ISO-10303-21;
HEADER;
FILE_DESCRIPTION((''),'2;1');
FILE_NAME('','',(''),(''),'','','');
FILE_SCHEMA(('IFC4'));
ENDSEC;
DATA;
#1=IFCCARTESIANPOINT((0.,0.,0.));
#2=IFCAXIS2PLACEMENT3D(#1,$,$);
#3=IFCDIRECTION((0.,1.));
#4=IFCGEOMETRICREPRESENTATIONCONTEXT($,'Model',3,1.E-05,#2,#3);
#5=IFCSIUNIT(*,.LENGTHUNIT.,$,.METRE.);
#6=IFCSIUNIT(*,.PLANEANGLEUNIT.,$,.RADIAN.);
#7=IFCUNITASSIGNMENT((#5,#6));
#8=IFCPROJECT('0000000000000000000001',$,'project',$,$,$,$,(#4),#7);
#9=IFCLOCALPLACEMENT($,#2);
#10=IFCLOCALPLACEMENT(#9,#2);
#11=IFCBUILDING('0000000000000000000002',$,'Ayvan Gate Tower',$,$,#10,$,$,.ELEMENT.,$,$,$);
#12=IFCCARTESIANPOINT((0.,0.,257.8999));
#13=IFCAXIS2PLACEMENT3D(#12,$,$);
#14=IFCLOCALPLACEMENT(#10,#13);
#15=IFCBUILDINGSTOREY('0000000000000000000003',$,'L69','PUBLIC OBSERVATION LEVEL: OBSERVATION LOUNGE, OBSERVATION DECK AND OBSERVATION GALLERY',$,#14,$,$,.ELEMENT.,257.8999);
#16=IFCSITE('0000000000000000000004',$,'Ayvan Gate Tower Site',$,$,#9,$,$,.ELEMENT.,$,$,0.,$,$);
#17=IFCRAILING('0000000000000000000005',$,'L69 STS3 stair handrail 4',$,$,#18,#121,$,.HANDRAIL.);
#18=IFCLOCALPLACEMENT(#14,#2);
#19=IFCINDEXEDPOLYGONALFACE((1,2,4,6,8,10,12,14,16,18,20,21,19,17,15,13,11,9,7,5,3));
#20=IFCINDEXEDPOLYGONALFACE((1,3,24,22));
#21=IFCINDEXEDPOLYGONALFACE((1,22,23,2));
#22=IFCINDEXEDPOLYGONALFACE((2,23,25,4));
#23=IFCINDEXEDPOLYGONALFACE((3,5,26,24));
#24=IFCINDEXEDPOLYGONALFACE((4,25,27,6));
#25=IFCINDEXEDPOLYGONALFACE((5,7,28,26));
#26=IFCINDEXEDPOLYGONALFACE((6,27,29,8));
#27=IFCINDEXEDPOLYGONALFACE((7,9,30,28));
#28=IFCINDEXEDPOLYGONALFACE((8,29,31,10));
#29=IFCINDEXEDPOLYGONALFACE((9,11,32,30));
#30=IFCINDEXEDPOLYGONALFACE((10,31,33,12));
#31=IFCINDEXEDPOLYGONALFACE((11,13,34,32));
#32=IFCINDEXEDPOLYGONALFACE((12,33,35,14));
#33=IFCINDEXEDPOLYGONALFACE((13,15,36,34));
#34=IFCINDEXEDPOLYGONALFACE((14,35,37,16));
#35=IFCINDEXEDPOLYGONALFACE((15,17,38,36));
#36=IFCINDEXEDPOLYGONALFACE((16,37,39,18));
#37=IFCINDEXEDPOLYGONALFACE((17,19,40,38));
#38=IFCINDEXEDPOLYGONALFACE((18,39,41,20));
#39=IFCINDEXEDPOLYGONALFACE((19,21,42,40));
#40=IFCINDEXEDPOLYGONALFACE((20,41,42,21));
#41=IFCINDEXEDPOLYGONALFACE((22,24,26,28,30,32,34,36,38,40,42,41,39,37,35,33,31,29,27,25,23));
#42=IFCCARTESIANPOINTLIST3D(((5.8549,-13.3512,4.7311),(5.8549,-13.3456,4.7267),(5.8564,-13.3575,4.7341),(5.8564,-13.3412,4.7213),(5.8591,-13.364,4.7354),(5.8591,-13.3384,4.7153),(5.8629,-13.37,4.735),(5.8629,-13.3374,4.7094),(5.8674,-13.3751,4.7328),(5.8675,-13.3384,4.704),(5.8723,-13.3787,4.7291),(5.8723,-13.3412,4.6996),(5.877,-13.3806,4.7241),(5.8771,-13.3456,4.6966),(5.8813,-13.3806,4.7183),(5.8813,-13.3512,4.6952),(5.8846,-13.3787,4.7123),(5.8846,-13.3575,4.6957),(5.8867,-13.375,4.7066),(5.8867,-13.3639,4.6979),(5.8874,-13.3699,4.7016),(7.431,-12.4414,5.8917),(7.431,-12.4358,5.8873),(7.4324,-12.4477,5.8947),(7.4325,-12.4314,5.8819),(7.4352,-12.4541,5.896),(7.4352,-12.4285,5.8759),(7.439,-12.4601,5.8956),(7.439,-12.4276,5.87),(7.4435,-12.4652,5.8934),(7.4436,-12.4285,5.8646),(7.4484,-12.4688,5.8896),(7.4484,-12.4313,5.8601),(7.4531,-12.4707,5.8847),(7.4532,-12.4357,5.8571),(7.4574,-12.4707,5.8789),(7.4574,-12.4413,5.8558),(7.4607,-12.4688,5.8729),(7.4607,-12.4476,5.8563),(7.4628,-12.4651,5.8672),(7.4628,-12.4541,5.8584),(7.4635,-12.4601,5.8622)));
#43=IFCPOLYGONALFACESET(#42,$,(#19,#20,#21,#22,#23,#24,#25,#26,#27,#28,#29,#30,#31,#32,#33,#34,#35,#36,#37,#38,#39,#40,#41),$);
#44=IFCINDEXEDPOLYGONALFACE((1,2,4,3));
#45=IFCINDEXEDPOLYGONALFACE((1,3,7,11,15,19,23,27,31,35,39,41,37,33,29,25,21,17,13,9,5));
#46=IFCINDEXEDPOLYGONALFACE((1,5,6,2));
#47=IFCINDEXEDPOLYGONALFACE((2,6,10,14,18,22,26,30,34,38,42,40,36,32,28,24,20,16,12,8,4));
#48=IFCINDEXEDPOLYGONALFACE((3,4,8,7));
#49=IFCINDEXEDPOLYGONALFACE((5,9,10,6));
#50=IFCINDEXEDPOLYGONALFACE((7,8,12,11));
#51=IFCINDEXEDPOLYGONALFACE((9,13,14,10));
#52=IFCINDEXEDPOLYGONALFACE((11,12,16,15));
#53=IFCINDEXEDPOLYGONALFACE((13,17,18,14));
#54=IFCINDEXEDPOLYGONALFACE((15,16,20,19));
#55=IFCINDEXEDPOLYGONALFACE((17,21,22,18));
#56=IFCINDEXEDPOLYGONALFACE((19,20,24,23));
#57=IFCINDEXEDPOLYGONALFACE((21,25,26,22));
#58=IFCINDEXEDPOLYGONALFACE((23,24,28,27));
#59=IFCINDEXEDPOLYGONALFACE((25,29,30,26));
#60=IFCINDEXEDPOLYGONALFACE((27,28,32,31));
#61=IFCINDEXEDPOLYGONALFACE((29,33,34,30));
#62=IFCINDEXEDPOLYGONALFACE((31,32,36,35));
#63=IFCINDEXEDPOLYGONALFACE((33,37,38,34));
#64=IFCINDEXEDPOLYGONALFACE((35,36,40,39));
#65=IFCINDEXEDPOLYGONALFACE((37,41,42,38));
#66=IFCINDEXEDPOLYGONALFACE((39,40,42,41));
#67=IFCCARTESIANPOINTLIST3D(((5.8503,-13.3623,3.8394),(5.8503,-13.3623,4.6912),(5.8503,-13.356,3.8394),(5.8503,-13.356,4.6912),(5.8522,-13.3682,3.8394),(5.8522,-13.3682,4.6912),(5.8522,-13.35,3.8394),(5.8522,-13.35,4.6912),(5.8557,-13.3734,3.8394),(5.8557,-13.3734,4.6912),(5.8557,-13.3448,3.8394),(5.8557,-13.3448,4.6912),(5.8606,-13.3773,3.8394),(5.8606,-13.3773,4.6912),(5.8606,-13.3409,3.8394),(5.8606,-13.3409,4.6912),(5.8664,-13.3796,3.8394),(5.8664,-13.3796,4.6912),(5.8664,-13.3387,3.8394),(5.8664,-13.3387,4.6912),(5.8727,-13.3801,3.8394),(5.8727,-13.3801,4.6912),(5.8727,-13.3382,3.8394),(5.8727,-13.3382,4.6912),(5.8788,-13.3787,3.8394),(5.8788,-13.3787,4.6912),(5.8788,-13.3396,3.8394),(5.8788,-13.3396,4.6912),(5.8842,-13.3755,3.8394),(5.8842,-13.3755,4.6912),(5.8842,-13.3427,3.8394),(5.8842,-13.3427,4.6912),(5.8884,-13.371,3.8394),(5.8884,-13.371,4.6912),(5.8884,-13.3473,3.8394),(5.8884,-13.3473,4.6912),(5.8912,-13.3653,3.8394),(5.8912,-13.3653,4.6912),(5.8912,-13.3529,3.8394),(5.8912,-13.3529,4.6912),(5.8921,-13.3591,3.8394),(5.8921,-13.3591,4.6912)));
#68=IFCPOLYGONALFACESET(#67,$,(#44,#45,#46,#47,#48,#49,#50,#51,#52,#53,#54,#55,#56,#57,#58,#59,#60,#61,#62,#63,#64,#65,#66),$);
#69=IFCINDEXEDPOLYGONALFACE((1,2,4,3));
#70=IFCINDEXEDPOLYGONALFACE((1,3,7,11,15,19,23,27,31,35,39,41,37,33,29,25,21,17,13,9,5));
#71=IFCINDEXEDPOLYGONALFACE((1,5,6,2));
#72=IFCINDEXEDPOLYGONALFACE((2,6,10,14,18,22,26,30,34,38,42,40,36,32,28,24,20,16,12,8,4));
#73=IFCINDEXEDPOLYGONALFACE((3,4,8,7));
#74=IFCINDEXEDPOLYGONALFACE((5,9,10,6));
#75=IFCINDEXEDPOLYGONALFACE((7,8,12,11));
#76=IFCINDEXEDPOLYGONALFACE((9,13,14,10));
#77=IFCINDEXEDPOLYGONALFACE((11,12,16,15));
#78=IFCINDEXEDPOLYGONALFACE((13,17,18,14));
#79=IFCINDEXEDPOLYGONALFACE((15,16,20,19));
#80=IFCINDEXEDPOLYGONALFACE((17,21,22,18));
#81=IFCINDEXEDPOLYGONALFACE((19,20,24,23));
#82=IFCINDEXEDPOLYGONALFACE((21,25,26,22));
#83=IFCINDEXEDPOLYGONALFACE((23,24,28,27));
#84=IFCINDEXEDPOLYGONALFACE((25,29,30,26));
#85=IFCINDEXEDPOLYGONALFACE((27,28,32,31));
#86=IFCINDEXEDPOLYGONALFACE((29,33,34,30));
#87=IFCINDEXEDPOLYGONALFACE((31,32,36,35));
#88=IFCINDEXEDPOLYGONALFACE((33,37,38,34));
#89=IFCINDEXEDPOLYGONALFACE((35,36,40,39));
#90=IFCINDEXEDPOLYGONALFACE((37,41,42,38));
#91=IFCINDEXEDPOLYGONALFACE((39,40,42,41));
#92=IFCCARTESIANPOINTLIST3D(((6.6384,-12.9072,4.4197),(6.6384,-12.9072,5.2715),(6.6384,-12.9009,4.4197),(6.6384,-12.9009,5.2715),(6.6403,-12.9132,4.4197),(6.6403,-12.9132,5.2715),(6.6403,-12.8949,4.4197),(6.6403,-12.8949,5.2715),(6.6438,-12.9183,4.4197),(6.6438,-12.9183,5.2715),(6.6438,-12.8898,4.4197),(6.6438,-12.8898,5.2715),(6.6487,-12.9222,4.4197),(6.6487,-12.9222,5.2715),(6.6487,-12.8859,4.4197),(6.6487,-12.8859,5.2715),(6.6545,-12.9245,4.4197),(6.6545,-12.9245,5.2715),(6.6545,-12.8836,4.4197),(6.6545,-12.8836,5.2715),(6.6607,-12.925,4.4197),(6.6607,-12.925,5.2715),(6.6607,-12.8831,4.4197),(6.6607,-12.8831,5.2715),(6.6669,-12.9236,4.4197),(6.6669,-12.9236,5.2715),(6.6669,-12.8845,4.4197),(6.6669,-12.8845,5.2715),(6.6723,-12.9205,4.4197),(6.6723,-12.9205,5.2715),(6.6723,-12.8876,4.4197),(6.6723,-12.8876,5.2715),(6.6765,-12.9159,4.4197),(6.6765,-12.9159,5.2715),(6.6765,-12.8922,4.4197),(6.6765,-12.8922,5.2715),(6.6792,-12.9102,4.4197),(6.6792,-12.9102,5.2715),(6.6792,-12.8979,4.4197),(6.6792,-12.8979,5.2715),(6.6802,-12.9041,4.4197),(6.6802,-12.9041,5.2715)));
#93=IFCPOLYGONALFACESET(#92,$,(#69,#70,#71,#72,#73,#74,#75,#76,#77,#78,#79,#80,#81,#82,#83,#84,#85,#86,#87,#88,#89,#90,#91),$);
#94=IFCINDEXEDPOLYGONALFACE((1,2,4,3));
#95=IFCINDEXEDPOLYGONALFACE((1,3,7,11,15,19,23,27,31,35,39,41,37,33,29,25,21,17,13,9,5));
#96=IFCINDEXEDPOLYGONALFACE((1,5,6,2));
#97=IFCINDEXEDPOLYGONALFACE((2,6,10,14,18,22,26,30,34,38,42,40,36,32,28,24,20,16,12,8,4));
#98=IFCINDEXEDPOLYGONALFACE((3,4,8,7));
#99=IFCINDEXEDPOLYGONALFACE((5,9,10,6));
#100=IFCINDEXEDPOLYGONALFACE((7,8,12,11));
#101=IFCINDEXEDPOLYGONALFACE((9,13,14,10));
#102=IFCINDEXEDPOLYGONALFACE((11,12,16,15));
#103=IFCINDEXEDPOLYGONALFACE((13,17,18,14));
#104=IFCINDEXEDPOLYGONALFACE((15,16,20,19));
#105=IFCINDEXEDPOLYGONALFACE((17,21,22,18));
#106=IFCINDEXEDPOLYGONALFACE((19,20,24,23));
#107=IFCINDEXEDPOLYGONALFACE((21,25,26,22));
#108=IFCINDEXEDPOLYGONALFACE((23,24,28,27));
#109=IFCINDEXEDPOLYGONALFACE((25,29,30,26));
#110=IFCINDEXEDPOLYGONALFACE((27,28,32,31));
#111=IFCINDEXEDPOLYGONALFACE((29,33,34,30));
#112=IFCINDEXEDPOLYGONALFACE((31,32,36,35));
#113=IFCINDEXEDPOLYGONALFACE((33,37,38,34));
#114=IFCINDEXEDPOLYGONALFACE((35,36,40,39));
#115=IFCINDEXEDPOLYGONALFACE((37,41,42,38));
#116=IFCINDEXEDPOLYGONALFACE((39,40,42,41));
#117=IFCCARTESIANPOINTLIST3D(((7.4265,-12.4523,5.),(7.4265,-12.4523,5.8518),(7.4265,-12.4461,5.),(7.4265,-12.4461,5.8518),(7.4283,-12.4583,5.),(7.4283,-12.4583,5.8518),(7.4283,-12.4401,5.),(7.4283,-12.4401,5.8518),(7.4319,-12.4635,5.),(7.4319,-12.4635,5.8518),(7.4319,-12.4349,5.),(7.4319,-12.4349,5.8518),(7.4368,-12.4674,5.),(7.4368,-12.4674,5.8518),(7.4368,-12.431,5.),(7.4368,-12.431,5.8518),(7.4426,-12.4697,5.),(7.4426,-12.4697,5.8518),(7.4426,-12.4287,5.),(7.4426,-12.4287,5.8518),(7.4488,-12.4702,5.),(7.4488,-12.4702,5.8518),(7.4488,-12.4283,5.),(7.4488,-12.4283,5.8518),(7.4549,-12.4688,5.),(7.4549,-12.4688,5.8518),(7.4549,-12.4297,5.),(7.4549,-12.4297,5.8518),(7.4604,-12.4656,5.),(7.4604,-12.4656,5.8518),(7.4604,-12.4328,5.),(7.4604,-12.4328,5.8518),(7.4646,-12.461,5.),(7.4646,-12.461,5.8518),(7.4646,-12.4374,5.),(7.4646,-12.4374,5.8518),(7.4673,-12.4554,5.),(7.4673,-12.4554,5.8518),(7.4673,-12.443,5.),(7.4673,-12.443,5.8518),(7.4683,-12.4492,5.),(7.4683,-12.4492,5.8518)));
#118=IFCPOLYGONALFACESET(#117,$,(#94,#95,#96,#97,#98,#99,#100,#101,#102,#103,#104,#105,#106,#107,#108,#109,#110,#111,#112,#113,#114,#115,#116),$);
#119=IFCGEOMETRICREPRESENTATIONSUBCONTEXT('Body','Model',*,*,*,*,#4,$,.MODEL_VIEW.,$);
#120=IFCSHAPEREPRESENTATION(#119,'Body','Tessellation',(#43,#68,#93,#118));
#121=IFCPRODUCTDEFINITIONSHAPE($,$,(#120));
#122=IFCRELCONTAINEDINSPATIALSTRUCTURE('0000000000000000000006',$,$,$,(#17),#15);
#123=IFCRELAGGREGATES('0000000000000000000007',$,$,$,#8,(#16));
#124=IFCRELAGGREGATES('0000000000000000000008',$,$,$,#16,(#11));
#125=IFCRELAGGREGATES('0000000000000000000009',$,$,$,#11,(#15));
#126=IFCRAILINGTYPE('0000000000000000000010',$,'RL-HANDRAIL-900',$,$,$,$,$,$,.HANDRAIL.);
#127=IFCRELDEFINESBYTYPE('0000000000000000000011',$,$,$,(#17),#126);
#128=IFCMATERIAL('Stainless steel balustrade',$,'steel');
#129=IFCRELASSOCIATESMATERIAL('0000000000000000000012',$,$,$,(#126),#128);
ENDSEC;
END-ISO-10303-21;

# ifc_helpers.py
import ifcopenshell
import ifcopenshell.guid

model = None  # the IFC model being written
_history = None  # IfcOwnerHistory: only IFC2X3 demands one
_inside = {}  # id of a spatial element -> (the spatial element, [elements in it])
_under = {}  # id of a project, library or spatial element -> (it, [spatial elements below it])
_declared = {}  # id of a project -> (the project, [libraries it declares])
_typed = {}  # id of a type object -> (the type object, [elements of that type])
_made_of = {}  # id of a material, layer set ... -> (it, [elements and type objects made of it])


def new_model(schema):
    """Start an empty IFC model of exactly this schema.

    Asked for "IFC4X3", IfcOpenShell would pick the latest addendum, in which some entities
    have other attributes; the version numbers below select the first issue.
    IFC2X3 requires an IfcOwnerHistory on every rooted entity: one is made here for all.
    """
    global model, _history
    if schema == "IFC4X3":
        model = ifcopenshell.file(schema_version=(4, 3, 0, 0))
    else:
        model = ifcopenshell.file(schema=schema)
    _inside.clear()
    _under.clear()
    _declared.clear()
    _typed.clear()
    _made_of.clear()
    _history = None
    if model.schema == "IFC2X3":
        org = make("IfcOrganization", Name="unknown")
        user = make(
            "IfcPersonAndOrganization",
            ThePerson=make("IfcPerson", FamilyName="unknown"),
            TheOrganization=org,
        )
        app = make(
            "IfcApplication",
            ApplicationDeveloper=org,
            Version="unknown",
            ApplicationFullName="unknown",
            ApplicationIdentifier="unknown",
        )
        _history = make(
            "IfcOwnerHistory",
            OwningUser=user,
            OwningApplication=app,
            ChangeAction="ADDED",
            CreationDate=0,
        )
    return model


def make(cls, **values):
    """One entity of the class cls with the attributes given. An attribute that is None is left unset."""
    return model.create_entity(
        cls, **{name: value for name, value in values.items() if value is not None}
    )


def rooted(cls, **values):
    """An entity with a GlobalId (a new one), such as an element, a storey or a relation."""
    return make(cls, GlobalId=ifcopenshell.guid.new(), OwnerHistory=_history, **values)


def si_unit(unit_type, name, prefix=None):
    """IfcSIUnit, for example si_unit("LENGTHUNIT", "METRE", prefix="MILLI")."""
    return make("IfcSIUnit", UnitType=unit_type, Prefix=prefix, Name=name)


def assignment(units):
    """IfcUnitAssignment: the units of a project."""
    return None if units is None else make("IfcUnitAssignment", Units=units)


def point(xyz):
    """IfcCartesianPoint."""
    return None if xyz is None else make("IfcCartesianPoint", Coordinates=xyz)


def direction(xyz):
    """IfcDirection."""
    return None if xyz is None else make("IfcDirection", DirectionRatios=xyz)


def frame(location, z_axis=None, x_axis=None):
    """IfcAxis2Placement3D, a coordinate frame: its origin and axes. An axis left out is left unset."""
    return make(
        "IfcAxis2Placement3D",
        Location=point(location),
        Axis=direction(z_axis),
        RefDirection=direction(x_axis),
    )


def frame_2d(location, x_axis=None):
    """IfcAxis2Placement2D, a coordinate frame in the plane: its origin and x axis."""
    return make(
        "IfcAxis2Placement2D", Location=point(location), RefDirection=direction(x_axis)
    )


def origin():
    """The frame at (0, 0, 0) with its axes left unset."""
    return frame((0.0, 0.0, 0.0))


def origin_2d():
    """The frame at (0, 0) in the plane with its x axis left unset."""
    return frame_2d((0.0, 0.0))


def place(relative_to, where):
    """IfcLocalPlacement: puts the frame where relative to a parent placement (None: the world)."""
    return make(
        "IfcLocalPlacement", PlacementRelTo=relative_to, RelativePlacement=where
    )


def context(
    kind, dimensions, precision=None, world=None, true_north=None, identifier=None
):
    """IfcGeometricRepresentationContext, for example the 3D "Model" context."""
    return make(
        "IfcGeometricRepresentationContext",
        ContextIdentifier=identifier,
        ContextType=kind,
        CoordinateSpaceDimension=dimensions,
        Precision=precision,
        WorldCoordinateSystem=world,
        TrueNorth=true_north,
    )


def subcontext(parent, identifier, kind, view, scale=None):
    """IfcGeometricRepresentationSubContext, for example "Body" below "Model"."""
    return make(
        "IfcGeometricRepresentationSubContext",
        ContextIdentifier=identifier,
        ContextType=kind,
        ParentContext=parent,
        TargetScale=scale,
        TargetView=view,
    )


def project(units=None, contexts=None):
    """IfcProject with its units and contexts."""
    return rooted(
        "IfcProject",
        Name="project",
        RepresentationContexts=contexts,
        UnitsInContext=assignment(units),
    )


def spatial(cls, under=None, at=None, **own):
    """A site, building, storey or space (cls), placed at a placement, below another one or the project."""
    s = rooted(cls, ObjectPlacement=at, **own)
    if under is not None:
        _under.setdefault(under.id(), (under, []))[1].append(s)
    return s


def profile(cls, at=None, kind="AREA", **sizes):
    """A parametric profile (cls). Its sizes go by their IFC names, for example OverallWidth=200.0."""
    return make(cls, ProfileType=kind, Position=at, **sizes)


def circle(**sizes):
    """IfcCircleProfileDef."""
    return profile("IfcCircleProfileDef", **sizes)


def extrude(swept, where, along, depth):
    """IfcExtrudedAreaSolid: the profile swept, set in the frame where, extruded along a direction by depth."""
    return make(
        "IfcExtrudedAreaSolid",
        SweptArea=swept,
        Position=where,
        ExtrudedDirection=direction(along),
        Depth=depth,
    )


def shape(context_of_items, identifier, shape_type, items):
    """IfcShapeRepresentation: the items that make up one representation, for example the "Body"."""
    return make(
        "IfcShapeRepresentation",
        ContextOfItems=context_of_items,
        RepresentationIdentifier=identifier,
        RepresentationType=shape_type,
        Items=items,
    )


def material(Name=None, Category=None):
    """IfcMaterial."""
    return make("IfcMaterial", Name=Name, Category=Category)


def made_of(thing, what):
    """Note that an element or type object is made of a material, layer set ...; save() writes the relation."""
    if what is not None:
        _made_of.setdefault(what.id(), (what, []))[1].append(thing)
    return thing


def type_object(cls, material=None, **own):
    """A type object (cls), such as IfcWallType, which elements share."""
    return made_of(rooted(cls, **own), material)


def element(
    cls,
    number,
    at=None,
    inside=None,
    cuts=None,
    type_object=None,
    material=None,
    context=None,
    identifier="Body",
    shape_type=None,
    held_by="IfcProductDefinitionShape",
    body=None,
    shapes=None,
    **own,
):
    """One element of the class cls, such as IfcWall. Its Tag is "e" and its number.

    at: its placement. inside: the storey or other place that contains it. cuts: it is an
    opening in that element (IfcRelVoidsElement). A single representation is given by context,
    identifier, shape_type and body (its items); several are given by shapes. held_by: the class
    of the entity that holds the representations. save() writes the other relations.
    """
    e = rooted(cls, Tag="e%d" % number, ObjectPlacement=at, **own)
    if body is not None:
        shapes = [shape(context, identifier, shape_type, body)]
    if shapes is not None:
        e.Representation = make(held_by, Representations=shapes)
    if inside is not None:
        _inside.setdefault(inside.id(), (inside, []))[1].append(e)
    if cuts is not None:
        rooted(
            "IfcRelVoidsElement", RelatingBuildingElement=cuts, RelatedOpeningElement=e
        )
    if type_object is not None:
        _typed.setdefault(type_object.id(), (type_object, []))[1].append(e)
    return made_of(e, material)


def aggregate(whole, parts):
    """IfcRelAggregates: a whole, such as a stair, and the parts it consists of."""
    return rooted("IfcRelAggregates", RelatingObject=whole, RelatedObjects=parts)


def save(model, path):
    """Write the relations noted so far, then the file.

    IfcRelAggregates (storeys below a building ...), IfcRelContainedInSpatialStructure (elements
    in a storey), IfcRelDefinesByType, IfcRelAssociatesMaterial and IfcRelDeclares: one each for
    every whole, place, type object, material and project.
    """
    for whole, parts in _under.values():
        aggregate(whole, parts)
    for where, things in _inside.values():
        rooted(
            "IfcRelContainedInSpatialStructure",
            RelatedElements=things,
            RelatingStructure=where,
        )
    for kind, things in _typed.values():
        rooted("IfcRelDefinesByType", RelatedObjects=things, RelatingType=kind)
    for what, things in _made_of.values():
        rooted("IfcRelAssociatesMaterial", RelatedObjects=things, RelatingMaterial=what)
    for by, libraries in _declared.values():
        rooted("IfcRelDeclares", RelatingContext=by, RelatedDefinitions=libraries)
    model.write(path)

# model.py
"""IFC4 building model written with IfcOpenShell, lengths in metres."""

from ifc_helpers import new_model, si_unit, direction, frame, origin, origin_2d, place, context, subcontext, project, spatial, circle, extrude, material, type_object, element, save


model = new_model("IFC4")

# Units and contexts
model_context = context("Model", 3, precision=1e-05, world=origin(), true_north=direction((0.0, 1.0)))
body_context = subcontext(model_context, "Body", "Model", "MODEL_VIEW")
ifc_project = project(units=[si_unit("LENGTHUNIT", "METRE"), si_unit("PLANEANGLEUNIT", "RADIAN")], contexts=[model_context])

# Site, building, storey
site_placement = place(None, origin())
site = spatial("IfcSite", under=ifc_project, at=site_placement, Name="Ayvan Gate Tower Site", CompositionType="ELEMENT", RefElevation=0.0)
building_placement = place(site_placement, origin())
building = spatial("IfcBuilding", under=site, at=building_placement, Name="Ayvan Gate Tower", CompositionType="ELEMENT")
storey_placement = place(building_placement, frame((0.0, 0.0, 257.8999)))
storey = spatial("IfcBuildingStorey", under=building, at=storey_placement, Name="L69", Description="PUBLIC OBSERVATION LEVEL: OBSERVATION LOUNGE, OBSERVATION DECK AND OBSERVATION GALLERY", CompositionType="ELEMENT", Elevation=257.8999)

# Railing
ifc_material_1 = material(Name="Stainless steel balustrade", Category="steel")
railing_type_1 = type_object("IfcRailingType", Name="RL-HANDRAIL-900", PredefinedType="HANDRAIL", material=ifc_material_1)
railing_1_placement = place(storey_placement, frame((5.8711, -13.3591, 3.8394)))
element("IfcRailing", 1, at=railing_1_placement, inside=storey, type_object=railing_type_1, Name="L69 STS3 stair handrail 4", PredefinedType="HANDRAIL", context=body_context, shape_type="SweptSolid", body=[
    extrude(circle(Radius=0.0239, at=origin_2d()), frame((0.0, 0.0, 0.876), z_axis=(0.730198, 0.421538, 0.537695), x_axis=(-0.499962, 0.866047, 0.0)), (0.0, 0.0, 1.0), 2.1584),
    extrude(circle(Radius=0.021, at=origin_2d()), origin(), (0.0, 0.0, 1.0), 0.8518),
    extrude(circle(Radius=0.021, at=origin_2d()), frame((0.7881, 0.4551, 0.5803)), (0.0, 0.0, 1.0), 0.8518),
    extrude(circle(Radius=0.021, at=origin_2d()), frame((1.5762, 0.9099, 1.1606)), (0.0, 0.0, 1.0), 0.8518),
])

save(model, "model.ifc")
